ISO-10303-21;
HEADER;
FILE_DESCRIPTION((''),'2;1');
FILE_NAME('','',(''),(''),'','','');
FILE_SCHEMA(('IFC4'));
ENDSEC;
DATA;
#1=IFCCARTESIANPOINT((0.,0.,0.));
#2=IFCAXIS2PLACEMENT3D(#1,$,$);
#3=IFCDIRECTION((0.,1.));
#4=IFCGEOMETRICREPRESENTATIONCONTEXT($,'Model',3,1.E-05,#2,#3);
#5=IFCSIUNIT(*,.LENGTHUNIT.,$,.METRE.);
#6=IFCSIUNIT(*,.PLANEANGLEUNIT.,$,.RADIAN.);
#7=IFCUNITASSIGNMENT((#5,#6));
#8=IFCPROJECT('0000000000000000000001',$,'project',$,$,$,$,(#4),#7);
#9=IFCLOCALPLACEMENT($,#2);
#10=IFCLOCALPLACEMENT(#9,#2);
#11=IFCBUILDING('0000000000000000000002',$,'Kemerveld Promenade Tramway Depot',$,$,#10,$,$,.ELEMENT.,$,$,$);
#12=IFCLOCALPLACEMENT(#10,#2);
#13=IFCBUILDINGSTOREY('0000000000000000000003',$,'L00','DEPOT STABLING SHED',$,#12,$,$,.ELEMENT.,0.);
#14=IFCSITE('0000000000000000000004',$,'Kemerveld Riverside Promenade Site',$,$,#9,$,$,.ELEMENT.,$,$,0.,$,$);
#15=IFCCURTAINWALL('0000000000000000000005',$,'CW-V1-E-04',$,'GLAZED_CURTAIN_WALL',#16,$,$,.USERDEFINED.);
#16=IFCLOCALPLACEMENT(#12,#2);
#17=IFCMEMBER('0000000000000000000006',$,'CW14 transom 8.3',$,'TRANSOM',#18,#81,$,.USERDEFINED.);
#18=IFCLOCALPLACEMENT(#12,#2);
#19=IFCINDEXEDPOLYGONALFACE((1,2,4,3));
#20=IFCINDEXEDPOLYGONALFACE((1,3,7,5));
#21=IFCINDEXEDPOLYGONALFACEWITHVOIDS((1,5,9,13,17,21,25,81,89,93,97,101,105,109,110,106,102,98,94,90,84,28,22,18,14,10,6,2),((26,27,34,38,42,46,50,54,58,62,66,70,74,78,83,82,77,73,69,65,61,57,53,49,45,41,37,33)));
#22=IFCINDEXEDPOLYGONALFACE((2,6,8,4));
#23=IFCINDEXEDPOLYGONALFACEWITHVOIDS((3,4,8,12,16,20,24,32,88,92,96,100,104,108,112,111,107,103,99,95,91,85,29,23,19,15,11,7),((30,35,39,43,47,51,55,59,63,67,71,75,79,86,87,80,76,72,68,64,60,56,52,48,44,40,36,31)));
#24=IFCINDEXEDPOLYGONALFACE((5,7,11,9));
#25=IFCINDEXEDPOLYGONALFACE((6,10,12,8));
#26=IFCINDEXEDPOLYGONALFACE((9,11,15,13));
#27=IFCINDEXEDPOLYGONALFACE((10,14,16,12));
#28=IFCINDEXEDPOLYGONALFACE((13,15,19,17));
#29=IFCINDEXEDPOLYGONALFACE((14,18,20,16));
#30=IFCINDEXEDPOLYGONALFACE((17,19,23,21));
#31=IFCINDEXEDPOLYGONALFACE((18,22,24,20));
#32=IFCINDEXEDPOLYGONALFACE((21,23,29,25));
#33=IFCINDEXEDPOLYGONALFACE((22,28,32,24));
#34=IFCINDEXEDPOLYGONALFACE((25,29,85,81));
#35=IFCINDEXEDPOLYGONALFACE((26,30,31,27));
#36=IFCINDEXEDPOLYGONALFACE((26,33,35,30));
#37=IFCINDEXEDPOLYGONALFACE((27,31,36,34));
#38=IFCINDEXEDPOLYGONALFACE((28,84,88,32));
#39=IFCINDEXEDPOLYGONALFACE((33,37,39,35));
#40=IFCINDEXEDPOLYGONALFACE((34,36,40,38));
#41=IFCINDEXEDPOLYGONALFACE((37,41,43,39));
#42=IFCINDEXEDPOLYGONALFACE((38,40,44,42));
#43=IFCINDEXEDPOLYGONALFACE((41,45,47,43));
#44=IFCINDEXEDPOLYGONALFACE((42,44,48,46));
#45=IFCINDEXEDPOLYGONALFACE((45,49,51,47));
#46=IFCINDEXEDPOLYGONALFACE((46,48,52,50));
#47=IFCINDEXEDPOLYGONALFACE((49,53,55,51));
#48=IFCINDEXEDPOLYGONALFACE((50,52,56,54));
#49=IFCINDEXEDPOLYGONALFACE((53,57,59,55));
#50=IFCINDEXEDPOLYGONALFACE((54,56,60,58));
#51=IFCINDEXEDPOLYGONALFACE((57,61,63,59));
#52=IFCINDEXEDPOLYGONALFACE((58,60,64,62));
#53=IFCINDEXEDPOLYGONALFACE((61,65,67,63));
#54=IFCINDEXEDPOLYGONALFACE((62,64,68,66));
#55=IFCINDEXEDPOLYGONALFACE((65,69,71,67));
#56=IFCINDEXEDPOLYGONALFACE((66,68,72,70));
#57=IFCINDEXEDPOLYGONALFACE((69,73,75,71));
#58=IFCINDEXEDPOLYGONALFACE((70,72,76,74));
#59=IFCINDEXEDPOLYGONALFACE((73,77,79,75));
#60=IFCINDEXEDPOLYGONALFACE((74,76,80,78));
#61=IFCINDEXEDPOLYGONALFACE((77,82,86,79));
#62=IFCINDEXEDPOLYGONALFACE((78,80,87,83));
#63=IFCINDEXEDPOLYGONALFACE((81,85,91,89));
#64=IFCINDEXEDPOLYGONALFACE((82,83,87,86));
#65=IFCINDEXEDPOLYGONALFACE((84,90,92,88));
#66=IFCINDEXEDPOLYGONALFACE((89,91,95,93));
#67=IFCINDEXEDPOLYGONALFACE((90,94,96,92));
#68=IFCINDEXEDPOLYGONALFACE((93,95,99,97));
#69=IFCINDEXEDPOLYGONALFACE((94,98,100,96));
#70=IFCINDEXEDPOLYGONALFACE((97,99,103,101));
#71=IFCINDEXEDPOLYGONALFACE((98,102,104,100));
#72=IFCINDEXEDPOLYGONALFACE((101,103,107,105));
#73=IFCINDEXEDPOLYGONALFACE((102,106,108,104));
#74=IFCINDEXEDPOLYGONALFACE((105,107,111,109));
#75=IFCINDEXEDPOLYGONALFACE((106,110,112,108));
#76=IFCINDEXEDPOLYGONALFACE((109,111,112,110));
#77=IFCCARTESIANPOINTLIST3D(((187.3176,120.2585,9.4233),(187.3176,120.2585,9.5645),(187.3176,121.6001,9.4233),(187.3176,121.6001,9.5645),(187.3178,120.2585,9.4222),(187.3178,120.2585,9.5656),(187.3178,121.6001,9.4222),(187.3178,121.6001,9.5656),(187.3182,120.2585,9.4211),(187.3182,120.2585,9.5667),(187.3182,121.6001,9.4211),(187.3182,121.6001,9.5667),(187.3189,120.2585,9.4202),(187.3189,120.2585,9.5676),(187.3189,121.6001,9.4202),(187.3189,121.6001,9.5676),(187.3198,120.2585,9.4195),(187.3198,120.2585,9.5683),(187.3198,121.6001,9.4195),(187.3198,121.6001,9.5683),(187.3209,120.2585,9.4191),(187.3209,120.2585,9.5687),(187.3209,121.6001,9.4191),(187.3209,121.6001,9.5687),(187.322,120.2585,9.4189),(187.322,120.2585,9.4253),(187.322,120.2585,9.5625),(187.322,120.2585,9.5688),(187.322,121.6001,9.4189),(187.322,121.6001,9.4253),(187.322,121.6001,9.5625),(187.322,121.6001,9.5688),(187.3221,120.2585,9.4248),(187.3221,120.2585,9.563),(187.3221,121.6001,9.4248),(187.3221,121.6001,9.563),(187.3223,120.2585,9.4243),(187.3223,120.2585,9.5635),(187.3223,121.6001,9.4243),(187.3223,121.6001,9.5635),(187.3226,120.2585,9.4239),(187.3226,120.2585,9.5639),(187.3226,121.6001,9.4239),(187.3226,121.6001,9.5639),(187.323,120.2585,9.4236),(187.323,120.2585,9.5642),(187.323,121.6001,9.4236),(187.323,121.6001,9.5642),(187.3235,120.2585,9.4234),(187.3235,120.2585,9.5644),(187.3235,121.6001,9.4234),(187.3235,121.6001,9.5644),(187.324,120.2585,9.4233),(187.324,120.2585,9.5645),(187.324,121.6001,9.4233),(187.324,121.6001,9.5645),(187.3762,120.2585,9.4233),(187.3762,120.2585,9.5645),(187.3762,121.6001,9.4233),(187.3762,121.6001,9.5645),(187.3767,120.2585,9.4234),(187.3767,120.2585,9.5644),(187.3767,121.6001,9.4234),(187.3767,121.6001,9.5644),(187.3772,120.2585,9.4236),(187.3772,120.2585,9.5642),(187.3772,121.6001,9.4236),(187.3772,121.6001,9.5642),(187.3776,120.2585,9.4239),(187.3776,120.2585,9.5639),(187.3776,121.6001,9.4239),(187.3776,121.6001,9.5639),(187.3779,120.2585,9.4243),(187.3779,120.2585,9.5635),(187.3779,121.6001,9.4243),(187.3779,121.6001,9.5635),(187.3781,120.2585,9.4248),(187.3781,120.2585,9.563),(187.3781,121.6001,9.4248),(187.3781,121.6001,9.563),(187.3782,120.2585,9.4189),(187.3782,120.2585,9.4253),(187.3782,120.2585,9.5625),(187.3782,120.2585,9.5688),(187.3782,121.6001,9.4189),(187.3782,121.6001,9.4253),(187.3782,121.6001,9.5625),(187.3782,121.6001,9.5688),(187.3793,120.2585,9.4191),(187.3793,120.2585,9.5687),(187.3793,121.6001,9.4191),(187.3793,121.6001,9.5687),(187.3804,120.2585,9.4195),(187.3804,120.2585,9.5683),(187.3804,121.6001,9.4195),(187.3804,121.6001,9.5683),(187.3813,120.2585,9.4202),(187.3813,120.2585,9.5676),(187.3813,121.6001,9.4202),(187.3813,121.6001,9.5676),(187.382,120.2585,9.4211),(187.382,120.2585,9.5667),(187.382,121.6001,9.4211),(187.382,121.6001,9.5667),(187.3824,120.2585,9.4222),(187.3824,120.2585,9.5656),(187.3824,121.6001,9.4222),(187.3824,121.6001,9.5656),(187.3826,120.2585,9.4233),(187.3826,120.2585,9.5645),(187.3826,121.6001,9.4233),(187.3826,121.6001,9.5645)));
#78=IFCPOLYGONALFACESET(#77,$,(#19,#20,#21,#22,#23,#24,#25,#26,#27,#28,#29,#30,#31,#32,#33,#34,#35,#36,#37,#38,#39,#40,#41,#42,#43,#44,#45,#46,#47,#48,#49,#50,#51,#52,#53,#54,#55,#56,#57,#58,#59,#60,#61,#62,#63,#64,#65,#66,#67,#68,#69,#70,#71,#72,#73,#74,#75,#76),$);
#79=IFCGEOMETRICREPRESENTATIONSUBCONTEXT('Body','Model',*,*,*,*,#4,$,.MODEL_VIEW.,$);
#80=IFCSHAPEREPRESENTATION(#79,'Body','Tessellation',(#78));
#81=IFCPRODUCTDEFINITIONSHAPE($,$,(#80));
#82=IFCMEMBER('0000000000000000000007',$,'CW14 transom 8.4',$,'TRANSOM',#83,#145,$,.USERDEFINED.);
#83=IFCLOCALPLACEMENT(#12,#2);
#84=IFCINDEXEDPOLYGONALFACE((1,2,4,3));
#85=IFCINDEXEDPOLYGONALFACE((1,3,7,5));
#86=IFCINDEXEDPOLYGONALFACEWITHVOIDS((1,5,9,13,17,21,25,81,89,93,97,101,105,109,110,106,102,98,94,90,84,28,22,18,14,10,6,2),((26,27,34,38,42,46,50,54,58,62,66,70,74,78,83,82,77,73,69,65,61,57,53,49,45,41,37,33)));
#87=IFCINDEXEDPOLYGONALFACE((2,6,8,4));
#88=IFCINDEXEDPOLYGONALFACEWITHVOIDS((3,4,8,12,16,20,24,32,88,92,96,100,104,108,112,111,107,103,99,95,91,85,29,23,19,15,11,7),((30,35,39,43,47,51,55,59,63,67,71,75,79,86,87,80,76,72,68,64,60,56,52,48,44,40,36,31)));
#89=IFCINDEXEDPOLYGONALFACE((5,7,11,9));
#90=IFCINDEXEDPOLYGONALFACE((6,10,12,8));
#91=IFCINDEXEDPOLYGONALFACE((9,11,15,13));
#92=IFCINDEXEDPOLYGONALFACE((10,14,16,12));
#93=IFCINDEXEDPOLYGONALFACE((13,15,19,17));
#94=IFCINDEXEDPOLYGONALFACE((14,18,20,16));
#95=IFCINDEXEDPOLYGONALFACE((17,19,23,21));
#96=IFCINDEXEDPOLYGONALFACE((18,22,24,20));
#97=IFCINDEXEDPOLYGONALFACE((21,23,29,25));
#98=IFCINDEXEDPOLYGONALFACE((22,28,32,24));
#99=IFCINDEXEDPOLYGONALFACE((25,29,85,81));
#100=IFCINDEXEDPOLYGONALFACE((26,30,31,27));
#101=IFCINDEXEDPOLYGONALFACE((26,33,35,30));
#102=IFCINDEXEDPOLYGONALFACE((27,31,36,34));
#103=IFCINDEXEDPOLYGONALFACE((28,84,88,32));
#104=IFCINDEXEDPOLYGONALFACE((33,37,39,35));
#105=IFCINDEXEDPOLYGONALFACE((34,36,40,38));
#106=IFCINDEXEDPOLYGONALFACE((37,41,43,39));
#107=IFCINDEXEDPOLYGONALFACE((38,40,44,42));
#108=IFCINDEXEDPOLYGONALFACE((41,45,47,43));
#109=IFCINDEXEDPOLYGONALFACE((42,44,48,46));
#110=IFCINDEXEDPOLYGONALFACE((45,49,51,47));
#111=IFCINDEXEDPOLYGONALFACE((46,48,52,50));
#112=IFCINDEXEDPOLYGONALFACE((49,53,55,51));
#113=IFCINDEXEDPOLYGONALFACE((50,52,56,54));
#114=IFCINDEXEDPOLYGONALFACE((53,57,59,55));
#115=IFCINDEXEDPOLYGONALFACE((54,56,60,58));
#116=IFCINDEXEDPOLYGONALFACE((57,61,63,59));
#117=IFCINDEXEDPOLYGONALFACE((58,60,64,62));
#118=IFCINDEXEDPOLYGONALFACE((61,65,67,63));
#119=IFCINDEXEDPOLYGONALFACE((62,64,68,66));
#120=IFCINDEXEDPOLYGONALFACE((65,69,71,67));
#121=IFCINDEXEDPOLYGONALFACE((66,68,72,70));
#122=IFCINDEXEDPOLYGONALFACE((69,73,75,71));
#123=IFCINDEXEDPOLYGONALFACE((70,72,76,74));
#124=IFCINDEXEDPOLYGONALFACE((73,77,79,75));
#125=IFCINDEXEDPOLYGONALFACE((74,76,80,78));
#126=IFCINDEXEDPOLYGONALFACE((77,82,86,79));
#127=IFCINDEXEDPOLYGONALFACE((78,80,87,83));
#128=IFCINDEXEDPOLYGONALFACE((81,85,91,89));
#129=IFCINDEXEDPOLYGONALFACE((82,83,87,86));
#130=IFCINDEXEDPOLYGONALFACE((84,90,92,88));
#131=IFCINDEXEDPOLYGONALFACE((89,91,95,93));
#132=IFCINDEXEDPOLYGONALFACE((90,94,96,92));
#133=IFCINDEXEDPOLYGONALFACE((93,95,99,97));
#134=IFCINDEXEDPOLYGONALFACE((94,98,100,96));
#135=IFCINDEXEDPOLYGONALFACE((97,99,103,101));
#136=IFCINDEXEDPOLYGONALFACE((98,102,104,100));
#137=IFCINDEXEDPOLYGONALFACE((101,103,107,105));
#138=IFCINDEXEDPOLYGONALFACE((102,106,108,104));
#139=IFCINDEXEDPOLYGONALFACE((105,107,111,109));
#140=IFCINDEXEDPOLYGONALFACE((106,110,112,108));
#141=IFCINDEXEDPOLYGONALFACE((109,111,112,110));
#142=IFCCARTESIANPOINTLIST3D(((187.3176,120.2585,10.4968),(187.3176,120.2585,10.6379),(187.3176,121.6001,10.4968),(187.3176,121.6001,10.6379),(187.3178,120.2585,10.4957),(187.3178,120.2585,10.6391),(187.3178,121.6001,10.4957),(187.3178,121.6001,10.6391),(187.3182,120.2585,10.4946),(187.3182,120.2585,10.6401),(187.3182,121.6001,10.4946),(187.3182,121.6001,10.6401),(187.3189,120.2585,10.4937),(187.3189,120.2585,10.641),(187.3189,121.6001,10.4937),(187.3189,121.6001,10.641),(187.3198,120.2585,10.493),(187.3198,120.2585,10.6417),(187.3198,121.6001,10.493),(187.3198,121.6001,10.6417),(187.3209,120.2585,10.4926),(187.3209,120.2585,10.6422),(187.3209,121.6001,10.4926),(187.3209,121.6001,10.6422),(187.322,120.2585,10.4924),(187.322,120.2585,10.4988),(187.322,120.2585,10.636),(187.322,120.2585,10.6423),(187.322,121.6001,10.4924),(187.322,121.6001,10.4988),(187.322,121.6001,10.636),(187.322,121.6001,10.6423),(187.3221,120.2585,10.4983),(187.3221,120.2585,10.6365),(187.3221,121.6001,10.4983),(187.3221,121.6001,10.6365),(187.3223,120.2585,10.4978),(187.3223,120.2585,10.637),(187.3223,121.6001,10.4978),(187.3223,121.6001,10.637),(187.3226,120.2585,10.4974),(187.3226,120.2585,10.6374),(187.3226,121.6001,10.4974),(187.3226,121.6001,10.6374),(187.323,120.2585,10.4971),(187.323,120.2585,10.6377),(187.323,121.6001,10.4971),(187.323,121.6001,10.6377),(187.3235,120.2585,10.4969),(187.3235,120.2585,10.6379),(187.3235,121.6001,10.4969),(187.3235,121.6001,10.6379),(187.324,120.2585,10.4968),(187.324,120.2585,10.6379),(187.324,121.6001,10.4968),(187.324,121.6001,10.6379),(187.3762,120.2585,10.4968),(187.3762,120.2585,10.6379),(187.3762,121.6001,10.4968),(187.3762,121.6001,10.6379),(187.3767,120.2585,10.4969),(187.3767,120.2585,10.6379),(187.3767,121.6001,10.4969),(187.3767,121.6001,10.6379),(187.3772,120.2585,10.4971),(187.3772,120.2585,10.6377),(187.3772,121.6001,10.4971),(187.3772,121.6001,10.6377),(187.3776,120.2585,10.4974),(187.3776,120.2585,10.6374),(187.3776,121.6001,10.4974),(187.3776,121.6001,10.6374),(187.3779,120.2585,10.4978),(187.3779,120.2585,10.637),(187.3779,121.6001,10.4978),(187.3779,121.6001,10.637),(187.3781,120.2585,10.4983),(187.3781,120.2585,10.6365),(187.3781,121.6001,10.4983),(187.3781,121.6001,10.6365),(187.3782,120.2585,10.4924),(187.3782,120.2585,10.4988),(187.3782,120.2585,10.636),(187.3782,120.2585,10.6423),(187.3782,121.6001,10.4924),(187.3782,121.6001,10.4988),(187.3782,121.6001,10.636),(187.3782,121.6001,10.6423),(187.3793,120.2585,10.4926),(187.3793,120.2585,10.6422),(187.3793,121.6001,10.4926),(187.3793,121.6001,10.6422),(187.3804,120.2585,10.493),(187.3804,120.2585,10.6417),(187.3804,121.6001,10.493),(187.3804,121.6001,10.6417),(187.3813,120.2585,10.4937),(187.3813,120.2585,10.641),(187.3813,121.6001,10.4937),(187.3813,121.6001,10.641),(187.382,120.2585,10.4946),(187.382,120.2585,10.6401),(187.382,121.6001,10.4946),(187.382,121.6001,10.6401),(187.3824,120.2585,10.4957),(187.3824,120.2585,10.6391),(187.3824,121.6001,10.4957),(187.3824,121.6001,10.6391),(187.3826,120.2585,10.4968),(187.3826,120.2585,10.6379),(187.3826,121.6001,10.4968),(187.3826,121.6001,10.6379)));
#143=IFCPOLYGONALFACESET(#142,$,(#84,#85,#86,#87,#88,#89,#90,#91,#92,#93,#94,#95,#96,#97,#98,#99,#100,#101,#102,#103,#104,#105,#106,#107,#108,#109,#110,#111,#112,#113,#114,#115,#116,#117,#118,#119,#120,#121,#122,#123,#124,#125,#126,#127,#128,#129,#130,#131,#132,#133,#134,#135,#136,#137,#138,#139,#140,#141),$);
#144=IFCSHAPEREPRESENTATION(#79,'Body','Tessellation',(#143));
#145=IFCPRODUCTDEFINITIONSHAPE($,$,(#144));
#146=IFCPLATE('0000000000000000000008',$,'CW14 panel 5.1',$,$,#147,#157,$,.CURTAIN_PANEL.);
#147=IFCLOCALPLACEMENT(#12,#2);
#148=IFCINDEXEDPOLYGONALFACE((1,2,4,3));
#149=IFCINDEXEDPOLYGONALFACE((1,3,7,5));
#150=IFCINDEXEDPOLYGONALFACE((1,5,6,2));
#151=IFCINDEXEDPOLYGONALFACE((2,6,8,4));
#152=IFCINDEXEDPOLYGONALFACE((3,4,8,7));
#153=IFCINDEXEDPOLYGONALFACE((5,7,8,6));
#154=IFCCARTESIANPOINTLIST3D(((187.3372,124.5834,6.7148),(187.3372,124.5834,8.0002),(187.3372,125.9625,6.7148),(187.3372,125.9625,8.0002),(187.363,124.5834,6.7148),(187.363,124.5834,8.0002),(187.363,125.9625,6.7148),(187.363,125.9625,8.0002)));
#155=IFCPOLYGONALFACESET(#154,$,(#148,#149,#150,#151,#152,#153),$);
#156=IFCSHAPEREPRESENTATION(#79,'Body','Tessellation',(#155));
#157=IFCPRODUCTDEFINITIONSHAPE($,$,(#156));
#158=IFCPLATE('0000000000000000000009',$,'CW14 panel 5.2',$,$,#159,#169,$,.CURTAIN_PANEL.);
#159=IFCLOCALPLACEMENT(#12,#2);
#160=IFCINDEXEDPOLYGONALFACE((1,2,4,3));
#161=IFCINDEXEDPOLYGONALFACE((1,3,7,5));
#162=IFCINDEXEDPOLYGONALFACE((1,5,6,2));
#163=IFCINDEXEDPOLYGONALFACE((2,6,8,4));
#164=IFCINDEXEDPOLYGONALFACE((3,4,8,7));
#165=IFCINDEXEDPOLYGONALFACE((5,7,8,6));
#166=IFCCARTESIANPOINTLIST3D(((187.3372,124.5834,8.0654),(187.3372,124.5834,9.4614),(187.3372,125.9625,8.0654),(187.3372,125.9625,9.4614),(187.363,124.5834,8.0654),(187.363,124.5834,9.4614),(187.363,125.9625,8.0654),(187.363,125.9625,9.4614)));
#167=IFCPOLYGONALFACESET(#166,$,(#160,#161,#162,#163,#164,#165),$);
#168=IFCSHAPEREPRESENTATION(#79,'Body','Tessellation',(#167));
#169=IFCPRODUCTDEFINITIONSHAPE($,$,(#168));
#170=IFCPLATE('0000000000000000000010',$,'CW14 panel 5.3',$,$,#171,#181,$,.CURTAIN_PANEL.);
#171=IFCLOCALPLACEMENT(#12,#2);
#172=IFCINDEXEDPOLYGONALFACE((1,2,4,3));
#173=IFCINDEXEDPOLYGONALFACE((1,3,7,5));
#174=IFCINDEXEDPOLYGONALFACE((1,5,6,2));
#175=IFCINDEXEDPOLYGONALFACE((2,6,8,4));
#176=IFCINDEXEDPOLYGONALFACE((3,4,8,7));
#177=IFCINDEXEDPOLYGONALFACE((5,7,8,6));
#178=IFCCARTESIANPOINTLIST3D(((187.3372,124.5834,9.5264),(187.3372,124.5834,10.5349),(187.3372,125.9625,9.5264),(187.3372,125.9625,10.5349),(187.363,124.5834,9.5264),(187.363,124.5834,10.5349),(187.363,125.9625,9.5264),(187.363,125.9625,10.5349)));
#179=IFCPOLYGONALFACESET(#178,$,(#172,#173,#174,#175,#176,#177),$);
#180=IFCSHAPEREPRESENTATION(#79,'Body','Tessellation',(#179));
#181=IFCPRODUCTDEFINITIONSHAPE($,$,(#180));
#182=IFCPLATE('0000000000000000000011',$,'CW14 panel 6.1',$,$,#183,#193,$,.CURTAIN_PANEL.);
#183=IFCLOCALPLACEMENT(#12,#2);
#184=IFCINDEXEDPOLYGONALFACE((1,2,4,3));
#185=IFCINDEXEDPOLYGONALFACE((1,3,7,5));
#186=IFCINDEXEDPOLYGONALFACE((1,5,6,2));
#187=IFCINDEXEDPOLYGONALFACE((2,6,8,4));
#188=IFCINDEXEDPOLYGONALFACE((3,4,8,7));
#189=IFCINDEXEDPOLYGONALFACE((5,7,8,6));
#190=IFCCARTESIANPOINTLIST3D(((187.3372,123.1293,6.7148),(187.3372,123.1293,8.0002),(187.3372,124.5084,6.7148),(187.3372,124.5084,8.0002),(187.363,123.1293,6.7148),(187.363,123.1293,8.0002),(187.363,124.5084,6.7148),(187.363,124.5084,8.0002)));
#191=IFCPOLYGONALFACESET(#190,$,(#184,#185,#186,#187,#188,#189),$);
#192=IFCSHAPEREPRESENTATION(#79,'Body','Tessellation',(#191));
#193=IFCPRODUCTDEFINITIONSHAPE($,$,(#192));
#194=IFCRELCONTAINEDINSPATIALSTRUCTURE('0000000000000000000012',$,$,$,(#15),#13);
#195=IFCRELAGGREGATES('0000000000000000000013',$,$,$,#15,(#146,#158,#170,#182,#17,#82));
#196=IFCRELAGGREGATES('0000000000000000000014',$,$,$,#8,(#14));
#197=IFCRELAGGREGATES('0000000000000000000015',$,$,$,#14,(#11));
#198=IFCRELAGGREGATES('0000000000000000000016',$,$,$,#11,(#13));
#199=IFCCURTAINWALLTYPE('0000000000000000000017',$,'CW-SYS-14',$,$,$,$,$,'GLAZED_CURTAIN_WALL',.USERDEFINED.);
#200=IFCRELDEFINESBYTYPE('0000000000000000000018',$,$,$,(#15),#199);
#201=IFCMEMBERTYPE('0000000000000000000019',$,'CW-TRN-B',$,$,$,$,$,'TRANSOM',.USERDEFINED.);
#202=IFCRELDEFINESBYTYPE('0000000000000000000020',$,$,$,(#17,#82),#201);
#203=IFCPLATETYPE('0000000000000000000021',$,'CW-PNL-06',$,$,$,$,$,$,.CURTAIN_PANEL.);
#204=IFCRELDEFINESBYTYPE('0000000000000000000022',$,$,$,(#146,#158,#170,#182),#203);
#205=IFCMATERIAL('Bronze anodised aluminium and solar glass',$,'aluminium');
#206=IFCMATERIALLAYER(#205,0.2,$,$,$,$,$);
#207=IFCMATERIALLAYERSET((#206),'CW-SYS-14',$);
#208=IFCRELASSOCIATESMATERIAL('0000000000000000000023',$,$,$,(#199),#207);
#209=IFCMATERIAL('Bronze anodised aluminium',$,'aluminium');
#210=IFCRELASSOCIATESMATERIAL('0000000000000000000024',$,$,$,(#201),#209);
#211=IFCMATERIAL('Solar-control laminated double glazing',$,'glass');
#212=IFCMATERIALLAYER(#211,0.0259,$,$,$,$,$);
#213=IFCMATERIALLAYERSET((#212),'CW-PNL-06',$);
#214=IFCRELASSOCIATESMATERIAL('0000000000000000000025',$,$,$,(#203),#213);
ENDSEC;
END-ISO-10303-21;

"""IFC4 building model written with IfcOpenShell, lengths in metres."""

from ifc_helpers import new_model, si_unit, direction, frame, origin, origin_2d, place, context, subcontext, project, spatial, rectangle, hollow_rectangle, extrude, material, layer, layer_set, material_profile, profile_set, type_object, element, aggregate, save


model = new_model("IFC4")

# Units and contexts
model_context = context("Model", 3, precision=1e-05, world=origin(), true_north=direction((0.0, 1.0)))
body_context = subcontext(model_context, "Body", "Model", "MODEL_VIEW")
ifc_project = project(units=[si_unit("LENGTHUNIT", "METRE"), si_unit("PLANEANGLEUNIT", "RADIAN")], contexts=[model_context])

# Site, building, storey
site_placement = place(None, origin())
site = spatial("IfcSite", under=ifc_project, at=site_placement, Name="Kemerveld Riverside Promenade Site", CompositionType="ELEMENT", RefElevation=0.0)
building_placement = place(site_placement, origin())
building = spatial("IfcBuilding", under=site, at=building_placement, Name="Kemerveld Promenade Tramway Depot", CompositionType="ELEMENT")
storey_placement = place(building_placement, origin())
storey = spatial("IfcBuildingStorey", under=building, at=storey_placement, Name="L00", Description="DEPOT STABLING SHED", CompositionType="ELEMENT", Elevation=0.0)

# Shared definitions
ifc_material_1 = material(Name="Bronze anodised aluminium and solar glass", Category="aluminium")
ifc_material_2 = material(Name="Bronze anodised aluminium", Category="aluminium")

# Curtain wall
ifc_layer_1 = layer(ifc_material_1, 0.2)
ifc_layer_set_1 = layer_set([ifc_layer_1], Name="CW-SYS-14")
curtain_wall_type_1 = type_object("IfcCurtainWallType", Name="CW-SYS-14", ElementType="GLAZED_CURTAIN_WALL", PredefinedType="USERDEFINED", material=ifc_layer_set_1)
curtain_wall_1_placement = place(storey_placement, origin())
curtain_wall_1 = element("IfcCurtainWall", 1, at=curtain_wall_1_placement, inside=storey, type_object=curtain_wall_type_1, Name="CW-V1-E-04", ObjectType="GLAZED_CURTAIN_WALL", PredefinedType="USERDEFINED")

# Members
ifc_material_profile_1 = material_profile(ifc_material_2, hollow_rectangle(XDim=0.0649, YDim=0.1499, WallThickness=0.0044, InnerFilletRadius=0.002, OuterFilletRadius=0.0044, at=origin_2d()), Name="CW-TRN-150x65")
ifc_profile_set_1 = profile_set([ifc_material_profile_1], Name="Bronze anodised aluminium")
member_type_1 = type_object("IfcMemberType", Name="CW-TRN-B", ElementType="TRANSOM", PredefinedType="USERDEFINED", material=ifc_profile_set_1)
member_1_placement = place(storey_placement, frame((187.3501, 121.6001, 9.4939), z_axis=(0.0, -1.0, 0.0), x_axis=(1.0, 0.0, 0.0)))
member_1 = element("IfcMember", 2, at=member_1_placement, type_object=member_type_1, Name="CW14 transom 8.3", ObjectType="TRANSOM", PredefinedType="USERDEFINED", context=body_context, shape_type="SweptSolid", body=[
    extrude(hollow_rectangle(XDim=0.0649, YDim=0.1499, WallThickness=0.0044, InnerFilletRadius=0.002, OuterFilletRadius=0.0044, at=origin_2d()), origin(), (0.0, 0.0, 1.0), 1.3416),
])
member_2_placement = place(storey_placement, frame((187.3501, 121.6001, 10.5674), z_axis=(0.0, -1.0, 0.0), x_axis=(1.0, 0.0, 0.0)))
member_2 = element("IfcMember", 3, at=member_2_placement, type_object=member_type_1, Name="CW14 transom 8.4", ObjectType="TRANSOM", PredefinedType="USERDEFINED", context=body_context, shape_type="SweptSolid", body=[
    extrude(hollow_rectangle(XDim=0.0649, YDim=0.1499, WallThickness=0.0044, InnerFilletRadius=0.002, OuterFilletRadius=0.0044, at=origin_2d()), origin(), (0.0, 0.0, 1.0), 1.3416),
])

# Plates
ifc_material_3 = material(Name="Solar-control laminated double glazing", Category="glass")
ifc_layer_2 = layer(ifc_material_3, 0.0259)
ifc_layer_set_2 = layer_set([ifc_layer_2], Name="CW-PNL-06")
plate_type = type_object("IfcPlateType", Name="CW-PNL-06", PredefinedType="CURTAIN_PANEL", material=ifc_layer_set_2)
plate_1_placement = place(storey_placement, frame((187.3501, 125.2729, 6.7148), z_axis=(0.0, 0.0, 1.0), x_axis=(0.0, -1.0, 0.0)))
plate_1 = element("IfcPlate", 4, at=plate_1_placement, type_object=plate_type, Name="CW14 panel 5.1", PredefinedType="CURTAIN_PANEL", context=body_context, shape_type="SweptSolid", body=[
    extrude(rectangle(XDim=1.3792, YDim=0.0259, at=origin_2d()), origin(), (0.0, 0.0, 1.0), 1.2854),
])
plate_2_placement = place(storey_placement, frame((187.3501, 125.2729, 8.0654), z_axis=(0.0, 0.0, 1.0), x_axis=(0.0, -1.0, 0.0)))
plate_2 = element("IfcPlate", 5, at=plate_2_placement, type_object=plate_type, Name="CW14 panel 5.2", PredefinedType="CURTAIN_PANEL", context=body_context, shape_type="SweptSolid", body=[
    extrude(rectangle(XDim=1.3792, YDim=0.0259, at=origin_2d()), origin(), (0.0, 0.0, 1.0), 1.396),
])
plate_3_placement = place(storey_placement, frame((187.3501, 125.2729, 9.5264), z_axis=(0.0, 0.0, 1.0), x_axis=(0.0, -1.0, 0.0)))
plate_3 = element("IfcPlate", 6, at=plate_3_placement, type_object=plate_type, Name="CW14 panel 5.3", PredefinedType="CURTAIN_PANEL", context=body_context, shape_type="SweptSolid", body=[
    extrude(rectangle(XDim=1.3792, YDim=0.0259, at=origin_2d()), origin(), (0.0, 0.0, 1.0), 1.0085),
])
plate_4_placement = place(storey_placement, frame((187.3501, 123.8188, 6.7148), z_axis=(0.0, 0.0, 1.0), x_axis=(0.0, -1.0, 0.0)))
plate_4 = element("IfcPlate", 7, at=plate_4_placement, type_object=plate_type, Name="CW14 panel 6.1", PredefinedType="CURTAIN_PANEL", context=body_context, shape_type="SweptSolid", body=[
    extrude(rectangle(XDim=1.3792, YDim=0.0259, at=origin_2d()), origin(), (0.0, 0.0, 1.0), 1.2854),
])
aggregate(curtain_wall_1, [plate_1, plate_2, plate_3, plate_4, member_1, member_2])

save(model, "model.ifc")
